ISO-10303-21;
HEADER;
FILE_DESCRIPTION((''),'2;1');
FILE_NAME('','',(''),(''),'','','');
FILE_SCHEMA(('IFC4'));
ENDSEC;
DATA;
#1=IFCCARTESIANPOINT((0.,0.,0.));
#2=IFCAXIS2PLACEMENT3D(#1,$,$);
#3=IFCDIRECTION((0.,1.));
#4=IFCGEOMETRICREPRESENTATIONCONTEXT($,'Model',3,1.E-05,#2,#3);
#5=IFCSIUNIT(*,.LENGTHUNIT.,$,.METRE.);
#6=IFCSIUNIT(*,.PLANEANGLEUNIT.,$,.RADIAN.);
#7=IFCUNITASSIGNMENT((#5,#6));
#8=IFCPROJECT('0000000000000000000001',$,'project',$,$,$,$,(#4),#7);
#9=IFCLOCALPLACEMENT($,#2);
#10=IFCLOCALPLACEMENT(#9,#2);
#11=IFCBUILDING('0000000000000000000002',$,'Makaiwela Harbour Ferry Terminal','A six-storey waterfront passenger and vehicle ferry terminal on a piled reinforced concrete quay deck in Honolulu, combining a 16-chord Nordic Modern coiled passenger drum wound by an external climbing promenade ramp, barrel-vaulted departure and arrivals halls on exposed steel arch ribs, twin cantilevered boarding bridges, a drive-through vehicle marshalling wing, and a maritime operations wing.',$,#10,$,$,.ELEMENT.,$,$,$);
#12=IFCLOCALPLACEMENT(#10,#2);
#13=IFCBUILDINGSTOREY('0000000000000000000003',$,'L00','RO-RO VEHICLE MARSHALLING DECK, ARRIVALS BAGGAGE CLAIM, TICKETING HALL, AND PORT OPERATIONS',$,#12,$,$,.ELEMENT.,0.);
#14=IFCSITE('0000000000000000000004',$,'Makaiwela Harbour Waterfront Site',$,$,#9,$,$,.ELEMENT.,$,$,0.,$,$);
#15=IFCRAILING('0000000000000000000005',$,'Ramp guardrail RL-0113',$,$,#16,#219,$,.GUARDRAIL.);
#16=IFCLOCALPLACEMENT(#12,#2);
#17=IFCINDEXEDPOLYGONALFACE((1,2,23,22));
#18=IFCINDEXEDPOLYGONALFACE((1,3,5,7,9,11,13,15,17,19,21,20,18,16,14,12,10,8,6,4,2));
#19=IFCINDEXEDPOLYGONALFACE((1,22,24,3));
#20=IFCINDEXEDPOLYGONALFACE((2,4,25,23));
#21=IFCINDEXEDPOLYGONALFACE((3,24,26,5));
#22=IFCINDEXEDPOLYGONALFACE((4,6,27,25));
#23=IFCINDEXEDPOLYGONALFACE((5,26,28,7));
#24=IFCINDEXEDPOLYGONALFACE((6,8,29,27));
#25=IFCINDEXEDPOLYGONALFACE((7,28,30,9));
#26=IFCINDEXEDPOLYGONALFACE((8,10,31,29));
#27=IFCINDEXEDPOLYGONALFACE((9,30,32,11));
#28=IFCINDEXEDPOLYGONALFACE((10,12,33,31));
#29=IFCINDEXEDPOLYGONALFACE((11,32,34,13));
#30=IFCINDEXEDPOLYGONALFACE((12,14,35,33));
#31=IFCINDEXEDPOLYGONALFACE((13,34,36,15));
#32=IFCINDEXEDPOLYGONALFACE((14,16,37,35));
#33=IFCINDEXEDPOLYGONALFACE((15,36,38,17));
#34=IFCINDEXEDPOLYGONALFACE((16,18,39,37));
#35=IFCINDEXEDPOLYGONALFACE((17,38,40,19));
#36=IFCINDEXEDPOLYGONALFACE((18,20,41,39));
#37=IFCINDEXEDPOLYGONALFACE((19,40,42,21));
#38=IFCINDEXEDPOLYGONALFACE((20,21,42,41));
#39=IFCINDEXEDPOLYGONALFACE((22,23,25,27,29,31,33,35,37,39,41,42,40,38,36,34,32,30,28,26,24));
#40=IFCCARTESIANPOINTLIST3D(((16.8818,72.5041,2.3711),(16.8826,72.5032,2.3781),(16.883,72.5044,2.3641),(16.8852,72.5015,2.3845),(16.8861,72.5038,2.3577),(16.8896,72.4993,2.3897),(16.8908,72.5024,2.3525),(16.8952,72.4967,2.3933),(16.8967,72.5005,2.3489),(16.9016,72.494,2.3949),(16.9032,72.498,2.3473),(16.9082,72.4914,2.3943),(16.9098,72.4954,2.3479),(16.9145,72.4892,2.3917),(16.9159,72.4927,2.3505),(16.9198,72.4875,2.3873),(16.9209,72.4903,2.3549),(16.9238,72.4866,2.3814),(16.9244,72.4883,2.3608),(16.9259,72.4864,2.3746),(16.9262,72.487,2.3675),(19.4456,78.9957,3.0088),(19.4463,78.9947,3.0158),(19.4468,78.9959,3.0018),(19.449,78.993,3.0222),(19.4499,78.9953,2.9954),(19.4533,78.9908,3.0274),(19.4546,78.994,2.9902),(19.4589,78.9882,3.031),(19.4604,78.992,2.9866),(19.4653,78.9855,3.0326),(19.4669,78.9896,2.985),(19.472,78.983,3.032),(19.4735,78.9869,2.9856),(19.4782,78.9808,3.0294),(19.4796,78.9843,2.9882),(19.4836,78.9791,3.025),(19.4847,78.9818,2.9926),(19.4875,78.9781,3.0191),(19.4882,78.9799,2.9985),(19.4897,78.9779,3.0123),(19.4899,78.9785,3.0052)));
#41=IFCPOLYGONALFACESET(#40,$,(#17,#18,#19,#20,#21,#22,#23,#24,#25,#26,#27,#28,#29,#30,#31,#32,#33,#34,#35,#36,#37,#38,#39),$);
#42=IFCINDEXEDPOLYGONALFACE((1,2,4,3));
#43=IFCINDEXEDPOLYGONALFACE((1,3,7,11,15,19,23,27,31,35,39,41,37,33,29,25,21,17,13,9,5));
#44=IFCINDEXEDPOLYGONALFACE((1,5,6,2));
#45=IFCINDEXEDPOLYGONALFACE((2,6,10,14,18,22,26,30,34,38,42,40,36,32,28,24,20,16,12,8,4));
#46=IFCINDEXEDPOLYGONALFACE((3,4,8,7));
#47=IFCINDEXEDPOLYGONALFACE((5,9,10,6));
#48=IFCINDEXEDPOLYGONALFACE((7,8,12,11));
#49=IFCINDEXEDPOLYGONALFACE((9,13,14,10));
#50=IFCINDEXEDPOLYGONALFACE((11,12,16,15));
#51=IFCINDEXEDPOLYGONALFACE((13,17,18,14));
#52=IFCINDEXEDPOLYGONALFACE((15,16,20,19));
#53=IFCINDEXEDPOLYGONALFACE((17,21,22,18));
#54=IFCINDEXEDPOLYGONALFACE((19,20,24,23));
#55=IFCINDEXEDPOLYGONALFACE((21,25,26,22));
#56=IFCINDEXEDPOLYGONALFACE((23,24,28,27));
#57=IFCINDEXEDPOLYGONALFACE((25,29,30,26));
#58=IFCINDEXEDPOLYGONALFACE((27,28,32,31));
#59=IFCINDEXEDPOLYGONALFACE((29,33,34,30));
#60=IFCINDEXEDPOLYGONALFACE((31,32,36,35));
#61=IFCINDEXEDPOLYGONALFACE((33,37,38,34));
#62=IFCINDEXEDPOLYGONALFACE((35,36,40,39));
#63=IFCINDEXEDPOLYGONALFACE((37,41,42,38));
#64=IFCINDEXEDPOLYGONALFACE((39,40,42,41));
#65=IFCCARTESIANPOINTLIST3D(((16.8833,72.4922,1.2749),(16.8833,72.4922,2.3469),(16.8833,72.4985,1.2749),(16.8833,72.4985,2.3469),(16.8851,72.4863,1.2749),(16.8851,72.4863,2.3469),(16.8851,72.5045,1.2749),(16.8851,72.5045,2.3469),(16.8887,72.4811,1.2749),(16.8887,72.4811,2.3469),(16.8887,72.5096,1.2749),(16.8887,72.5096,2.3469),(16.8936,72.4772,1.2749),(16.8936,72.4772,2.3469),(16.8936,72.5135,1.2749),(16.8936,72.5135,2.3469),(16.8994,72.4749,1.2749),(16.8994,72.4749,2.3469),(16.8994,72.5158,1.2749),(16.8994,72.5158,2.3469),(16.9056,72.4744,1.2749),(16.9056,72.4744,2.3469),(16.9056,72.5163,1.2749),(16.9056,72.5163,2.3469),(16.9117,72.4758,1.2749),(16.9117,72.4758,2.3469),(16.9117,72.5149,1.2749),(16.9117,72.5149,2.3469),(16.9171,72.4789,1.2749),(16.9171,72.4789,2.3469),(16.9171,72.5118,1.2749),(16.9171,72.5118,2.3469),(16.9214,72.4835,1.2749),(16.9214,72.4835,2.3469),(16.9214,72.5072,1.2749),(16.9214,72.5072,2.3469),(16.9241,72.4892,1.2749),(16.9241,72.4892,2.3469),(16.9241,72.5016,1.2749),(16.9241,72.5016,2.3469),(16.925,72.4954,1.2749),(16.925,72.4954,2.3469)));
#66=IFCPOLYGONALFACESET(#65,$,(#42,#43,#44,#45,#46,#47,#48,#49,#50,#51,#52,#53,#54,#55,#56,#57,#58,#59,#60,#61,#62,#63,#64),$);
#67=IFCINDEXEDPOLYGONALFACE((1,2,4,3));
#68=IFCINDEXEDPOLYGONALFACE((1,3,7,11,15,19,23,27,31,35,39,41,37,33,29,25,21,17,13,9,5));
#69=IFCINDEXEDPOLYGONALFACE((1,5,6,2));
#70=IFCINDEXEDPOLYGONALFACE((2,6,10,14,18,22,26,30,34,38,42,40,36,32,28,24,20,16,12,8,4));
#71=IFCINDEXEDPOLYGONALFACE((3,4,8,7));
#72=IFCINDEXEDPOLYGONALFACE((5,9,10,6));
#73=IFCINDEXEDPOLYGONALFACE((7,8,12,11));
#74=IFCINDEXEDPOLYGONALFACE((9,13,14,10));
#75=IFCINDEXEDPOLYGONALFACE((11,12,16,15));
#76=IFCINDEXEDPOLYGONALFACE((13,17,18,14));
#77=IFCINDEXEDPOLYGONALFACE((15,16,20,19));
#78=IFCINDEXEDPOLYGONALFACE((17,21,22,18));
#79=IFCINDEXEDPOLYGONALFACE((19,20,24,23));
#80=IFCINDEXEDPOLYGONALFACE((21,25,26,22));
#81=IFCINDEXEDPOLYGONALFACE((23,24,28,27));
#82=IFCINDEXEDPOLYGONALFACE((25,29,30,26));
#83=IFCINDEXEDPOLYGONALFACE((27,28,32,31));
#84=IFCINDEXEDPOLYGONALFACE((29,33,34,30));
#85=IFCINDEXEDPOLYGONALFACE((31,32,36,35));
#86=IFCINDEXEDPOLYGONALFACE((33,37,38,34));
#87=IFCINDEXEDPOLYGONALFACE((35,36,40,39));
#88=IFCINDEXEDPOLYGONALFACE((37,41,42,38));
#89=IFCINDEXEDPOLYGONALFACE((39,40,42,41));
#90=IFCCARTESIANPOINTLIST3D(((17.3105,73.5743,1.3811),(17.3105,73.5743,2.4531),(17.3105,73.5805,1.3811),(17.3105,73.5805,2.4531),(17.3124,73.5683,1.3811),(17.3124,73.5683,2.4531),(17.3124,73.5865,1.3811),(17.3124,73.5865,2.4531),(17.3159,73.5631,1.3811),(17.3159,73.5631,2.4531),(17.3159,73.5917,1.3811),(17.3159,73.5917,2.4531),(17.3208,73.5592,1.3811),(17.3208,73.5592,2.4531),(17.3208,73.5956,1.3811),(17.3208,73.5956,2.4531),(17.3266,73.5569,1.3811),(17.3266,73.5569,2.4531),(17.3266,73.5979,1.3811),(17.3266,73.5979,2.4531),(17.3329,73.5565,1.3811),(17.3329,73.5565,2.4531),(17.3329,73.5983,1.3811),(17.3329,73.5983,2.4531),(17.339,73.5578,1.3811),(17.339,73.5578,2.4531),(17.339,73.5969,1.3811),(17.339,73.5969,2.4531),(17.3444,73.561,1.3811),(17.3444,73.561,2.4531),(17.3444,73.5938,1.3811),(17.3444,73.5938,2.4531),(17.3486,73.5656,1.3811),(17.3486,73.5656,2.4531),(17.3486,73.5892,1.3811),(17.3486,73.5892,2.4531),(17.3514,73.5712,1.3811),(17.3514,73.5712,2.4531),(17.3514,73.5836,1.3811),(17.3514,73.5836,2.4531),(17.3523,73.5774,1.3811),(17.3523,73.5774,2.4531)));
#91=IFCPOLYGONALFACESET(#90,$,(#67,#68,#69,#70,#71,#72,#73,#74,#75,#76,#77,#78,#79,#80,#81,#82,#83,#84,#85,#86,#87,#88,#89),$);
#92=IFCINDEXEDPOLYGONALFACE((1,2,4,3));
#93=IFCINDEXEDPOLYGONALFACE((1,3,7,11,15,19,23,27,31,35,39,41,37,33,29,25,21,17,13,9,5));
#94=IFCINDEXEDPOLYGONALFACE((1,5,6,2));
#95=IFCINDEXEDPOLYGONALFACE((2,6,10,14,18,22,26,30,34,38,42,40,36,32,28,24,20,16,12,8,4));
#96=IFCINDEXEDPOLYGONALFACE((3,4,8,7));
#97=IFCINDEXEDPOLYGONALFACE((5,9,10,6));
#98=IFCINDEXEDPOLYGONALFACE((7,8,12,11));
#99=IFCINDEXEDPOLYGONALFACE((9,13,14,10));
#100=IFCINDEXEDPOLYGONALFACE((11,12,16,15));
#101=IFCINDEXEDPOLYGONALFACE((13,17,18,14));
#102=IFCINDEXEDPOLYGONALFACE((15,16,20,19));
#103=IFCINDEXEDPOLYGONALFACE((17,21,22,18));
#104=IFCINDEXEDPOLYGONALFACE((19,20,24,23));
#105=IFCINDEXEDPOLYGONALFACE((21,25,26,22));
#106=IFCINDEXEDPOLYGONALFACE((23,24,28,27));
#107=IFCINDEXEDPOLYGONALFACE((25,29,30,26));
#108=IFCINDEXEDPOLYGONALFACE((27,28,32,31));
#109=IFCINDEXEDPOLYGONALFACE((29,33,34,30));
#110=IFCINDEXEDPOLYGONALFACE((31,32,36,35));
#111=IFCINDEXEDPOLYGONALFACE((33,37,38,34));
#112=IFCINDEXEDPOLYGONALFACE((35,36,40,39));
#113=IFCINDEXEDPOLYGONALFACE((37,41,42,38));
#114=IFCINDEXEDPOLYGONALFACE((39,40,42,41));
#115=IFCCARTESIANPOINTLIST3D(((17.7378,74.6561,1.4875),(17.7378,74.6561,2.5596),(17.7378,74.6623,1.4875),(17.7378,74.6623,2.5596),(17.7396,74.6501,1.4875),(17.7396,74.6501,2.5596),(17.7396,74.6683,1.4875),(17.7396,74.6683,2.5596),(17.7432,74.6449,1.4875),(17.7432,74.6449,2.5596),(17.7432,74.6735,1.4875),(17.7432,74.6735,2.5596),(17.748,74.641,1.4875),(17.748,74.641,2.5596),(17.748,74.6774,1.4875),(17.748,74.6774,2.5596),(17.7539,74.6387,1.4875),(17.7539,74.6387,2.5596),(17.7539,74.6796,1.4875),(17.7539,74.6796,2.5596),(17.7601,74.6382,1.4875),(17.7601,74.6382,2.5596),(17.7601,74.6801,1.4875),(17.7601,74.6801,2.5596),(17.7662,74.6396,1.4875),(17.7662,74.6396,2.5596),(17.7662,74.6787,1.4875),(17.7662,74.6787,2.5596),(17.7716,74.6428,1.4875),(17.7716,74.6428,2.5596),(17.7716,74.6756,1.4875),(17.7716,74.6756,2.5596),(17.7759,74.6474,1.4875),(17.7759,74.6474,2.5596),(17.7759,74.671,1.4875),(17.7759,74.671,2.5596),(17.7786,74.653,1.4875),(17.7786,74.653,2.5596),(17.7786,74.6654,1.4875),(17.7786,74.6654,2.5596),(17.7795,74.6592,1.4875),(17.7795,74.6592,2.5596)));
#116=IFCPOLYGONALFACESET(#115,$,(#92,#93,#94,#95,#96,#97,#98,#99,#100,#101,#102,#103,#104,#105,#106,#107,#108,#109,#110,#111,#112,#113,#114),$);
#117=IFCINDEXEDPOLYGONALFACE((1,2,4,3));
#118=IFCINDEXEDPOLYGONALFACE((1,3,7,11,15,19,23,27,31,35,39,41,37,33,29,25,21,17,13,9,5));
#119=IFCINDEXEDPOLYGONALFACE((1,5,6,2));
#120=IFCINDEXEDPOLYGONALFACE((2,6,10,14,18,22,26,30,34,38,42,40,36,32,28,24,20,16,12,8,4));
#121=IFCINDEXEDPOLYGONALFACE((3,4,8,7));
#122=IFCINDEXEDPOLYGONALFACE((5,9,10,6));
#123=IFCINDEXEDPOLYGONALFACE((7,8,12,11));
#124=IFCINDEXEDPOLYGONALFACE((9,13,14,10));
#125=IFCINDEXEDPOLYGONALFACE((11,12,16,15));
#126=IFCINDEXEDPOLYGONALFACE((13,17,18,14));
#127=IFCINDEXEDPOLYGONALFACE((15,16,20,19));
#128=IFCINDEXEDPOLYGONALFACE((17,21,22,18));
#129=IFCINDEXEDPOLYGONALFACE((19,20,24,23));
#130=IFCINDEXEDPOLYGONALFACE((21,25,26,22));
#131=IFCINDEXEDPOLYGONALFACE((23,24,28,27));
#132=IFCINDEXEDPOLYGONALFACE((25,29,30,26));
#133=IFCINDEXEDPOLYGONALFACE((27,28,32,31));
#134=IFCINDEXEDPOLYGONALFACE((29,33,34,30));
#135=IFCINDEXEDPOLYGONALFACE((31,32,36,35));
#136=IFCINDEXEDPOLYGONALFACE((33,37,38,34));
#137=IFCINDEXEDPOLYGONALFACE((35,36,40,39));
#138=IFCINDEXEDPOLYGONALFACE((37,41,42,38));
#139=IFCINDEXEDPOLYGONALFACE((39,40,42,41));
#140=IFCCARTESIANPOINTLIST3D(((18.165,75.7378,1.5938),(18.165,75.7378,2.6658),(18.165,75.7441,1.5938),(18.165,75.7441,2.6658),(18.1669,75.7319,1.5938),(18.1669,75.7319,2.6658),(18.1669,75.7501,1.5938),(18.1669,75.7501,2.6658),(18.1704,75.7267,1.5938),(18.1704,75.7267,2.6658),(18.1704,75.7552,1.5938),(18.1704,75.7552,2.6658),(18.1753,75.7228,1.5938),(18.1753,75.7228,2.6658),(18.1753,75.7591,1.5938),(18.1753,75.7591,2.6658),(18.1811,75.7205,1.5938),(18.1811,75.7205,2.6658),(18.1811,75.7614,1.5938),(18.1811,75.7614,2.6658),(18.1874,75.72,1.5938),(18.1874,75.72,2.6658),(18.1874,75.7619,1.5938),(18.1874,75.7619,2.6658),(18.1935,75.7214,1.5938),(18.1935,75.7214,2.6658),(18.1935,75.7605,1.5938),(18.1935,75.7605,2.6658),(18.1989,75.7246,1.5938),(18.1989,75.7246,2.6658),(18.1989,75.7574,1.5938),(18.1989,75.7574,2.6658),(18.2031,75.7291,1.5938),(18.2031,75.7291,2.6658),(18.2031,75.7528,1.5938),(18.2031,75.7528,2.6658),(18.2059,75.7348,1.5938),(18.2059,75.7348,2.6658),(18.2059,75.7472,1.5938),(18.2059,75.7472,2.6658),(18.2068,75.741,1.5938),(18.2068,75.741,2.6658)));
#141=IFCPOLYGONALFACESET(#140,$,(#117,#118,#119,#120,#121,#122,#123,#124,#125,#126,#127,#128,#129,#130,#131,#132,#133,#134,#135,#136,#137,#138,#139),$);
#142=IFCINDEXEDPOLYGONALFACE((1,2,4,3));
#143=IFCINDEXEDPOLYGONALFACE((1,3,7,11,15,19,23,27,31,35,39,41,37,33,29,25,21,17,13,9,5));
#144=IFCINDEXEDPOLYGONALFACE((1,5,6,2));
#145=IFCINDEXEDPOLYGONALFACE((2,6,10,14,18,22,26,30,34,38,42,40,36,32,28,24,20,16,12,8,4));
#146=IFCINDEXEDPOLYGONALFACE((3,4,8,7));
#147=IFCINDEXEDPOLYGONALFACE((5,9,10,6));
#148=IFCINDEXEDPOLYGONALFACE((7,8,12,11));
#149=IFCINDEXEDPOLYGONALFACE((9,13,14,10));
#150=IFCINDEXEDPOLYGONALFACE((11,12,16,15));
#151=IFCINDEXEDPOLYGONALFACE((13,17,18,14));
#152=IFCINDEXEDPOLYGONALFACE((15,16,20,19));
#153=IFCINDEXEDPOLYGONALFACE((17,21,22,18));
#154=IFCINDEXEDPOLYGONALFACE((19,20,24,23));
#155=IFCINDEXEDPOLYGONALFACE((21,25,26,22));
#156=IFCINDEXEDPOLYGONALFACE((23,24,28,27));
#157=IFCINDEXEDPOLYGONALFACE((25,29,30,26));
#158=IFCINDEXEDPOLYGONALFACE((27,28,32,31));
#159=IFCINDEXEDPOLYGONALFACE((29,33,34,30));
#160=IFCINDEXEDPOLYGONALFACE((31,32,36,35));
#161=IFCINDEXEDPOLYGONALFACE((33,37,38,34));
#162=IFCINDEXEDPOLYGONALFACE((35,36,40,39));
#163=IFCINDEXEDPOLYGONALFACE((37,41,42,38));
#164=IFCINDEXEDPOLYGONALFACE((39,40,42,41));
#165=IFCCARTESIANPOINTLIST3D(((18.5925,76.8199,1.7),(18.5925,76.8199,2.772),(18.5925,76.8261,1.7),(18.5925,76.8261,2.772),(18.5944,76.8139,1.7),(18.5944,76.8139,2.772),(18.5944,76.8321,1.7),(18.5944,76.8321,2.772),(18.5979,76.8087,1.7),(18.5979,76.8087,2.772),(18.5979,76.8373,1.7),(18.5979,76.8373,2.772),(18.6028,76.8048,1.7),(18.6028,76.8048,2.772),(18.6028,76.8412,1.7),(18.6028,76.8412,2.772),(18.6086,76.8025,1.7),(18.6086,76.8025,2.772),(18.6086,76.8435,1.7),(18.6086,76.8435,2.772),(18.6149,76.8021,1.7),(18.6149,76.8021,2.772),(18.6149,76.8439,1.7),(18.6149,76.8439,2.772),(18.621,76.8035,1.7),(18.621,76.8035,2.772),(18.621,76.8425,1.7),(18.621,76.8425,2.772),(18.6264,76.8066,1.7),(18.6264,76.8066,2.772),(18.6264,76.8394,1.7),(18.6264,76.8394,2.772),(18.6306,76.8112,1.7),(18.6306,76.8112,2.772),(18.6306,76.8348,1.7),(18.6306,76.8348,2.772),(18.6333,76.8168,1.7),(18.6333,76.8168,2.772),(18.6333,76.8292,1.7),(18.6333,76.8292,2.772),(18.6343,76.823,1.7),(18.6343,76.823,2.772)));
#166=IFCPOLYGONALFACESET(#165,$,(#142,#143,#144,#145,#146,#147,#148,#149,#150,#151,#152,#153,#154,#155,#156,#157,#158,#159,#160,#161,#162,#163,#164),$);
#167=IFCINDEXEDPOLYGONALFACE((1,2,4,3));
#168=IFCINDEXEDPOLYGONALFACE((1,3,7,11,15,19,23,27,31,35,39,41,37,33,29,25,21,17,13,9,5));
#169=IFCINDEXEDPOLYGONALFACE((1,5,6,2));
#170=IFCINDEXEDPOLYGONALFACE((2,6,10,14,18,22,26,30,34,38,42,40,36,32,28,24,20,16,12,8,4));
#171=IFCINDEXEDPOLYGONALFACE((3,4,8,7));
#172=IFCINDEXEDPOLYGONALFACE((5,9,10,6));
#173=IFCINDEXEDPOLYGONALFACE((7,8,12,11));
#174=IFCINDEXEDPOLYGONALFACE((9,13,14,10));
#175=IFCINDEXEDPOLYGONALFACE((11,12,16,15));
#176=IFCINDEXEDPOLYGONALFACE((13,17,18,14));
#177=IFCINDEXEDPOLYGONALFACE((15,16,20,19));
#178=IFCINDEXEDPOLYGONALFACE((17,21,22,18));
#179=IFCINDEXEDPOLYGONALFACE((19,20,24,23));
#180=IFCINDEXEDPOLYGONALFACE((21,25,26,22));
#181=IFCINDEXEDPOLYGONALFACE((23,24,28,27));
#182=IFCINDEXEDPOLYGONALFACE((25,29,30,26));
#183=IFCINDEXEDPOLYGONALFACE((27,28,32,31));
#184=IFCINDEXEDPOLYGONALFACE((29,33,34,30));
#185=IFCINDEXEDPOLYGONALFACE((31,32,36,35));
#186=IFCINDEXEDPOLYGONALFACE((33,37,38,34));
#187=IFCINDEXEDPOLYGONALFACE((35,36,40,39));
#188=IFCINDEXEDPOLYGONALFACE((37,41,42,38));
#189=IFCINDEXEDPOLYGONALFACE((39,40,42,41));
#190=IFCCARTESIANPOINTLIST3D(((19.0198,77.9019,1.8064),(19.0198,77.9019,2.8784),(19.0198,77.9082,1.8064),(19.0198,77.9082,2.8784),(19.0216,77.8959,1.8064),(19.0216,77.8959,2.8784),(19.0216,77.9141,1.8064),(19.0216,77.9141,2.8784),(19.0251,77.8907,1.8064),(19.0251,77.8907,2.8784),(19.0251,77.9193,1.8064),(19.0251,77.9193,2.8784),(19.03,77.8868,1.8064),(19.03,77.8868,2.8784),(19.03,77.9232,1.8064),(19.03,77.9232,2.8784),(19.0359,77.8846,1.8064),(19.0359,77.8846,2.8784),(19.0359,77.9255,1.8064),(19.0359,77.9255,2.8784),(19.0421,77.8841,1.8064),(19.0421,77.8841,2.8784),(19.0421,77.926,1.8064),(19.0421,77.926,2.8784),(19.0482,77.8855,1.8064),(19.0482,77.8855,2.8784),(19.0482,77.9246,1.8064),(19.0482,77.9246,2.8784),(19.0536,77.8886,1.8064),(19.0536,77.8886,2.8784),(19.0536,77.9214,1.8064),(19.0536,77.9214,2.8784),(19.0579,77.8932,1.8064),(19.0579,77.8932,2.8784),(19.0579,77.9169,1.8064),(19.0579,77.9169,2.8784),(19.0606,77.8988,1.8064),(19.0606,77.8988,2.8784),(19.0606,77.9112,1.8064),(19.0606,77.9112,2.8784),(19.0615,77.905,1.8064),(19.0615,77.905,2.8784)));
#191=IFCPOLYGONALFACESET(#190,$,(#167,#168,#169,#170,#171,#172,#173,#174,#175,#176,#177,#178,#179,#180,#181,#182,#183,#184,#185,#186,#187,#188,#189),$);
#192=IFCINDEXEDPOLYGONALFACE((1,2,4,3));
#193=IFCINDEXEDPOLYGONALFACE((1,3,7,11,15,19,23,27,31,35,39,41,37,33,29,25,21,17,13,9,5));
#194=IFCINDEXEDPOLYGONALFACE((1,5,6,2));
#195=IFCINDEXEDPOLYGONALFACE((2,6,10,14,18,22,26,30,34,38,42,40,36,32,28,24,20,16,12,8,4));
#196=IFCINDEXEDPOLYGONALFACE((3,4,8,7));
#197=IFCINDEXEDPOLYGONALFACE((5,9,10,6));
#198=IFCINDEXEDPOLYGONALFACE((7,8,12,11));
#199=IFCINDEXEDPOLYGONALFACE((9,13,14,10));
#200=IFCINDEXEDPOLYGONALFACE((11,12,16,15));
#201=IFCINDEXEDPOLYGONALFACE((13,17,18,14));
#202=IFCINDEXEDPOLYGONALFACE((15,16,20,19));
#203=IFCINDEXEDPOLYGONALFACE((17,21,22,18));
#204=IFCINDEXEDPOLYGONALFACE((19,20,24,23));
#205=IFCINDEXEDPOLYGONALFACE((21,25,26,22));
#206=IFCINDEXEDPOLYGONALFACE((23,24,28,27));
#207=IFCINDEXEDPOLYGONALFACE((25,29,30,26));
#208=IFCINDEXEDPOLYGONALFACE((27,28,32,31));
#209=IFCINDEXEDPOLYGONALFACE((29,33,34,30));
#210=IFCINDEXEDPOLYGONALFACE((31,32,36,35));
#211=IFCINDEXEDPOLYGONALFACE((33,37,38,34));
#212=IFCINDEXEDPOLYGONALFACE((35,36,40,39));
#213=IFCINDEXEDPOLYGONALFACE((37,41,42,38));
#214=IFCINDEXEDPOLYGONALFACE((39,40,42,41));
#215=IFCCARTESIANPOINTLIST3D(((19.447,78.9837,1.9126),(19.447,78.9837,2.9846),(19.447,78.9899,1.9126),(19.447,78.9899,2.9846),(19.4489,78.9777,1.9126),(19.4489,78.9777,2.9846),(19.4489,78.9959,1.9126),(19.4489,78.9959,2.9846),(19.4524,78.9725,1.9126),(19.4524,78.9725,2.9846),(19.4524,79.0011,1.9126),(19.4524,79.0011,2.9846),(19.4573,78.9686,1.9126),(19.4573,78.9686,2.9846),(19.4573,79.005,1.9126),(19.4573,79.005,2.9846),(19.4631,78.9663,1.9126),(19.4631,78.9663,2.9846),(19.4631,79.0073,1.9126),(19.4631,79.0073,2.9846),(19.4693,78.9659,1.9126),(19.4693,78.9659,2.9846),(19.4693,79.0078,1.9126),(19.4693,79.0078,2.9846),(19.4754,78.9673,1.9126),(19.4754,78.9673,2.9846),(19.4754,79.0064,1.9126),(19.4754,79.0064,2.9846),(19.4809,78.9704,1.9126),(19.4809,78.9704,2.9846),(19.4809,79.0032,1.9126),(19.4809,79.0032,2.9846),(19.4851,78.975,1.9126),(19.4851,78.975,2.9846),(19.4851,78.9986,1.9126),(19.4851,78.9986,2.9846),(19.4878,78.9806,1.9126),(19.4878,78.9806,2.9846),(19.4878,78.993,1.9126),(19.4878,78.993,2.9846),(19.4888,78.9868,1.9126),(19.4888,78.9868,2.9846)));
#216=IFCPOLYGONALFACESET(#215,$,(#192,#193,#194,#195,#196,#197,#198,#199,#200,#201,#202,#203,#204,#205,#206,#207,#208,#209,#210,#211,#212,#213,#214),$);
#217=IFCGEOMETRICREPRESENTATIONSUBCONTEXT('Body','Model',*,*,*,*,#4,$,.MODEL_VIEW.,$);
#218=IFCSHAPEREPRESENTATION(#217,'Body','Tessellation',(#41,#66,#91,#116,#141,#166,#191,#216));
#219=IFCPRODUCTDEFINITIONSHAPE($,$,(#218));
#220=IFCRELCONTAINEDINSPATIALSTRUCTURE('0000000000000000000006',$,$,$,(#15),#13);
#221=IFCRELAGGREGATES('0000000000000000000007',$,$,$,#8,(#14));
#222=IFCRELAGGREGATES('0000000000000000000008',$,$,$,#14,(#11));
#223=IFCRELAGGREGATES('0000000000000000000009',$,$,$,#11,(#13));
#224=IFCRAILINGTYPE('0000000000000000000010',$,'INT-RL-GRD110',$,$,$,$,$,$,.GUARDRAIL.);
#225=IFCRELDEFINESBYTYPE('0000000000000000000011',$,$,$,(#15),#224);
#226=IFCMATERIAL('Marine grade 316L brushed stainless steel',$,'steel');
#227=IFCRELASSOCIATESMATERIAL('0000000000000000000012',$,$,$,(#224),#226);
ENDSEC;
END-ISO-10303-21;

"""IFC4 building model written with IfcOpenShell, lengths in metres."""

from ifc_helpers import new_model, si_unit, direction, frame, origin, origin_2d, place, context, subcontext, project, spatial, circle, extrude, material, type_object, element, save


model = new_model("IFC4")

# Units and contexts
model_context = context("Model", 3, precision=1e-05, world=origin(), true_north=direction((0.0, 1.0)))
body_context = subcontext(model_context, "Body", "Model", "MODEL_VIEW")
ifc_project = project(units=[si_unit("LENGTHUNIT", "METRE"), si_unit("PLANEANGLEUNIT", "RADIAN")], contexts=[model_context])

# Site, building, storey
site_placement = place(None, origin())
site = spatial("IfcSite", under=ifc_project, at=site_placement, Name="Makaiwela Harbour Waterfront Site", CompositionType="ELEMENT", RefElevation=0.0)
building_placement = place(site_placement, origin())
building = spatial("IfcBuilding", under=site, at=building_placement, Name="Makaiwela Harbour Ferry Terminal", Description="A six-storey waterfront passenger and vehicle ferry terminal on a piled reinforced concrete quay deck in Honolulu, combining a 16-chord Nordic Modern coiled passenger drum wound by an external climbing promenade ramp, barrel-vaulted departure and arrivals halls on exposed steel arch ribs, twin cantilevered boarding bridges, a drive-through vehicle marshalling wing, and a maritime operations wing.", CompositionType="ELEMENT")
storey_placement = place(building_placement, origin())
storey = spatial("IfcBuildingStorey", under=building, at=storey_placement, Name="L00", Description="RO-RO VEHICLE MARSHALLING DECK, ARRIVALS BAGGAGE CLAIM, TICKETING HALL, AND PORT OPERATIONS", CompositionType="ELEMENT", Elevation=0.0)

# Railing
ifc_material_1 = material(Name="Marine grade 316L brushed stainless steel", Category="steel")
railing_type_1 = type_object("IfcRailingType", Name="INT-RL-GRD110", PredefinedType="GUARDRAIL", material=ifc_material_1)
railing_1_placement = place(storey_placement, frame((16.9041, 72.4954, 1.2749)))
element("IfcRailing", 1, at=railing_1_placement, inside=storey, type_object=railing_type_1, Name="Ramp guardrail RL-0113", PredefinedType="GUARDRAIL", context=body_context, shape_type="SweptSolid", body=[
    extrude(circle(Radius=0.0239, at=origin_2d()), frame((0.0, 0.0, 1.0962), z_axis=(0.365804, 0.926233, 0.09099), x_axis=(-0.930091, 0.367328, 0.0)), (0.0, 0.0, 1.0), 7.0085),
    extrude(circle(Radius=0.021, at=origin_2d()), origin(), (0.0, 0.0, 1.0), 1.072),
    extrude(circle(Radius=0.021, at=origin_2d()), frame((0.4272, 1.082, 0.1062)), (0.0, 0.0, 1.0), 1.072),
    extrude(circle(Radius=0.021, at=origin_2d()), frame((0.8545, 2.1638, 0.2126)), (0.0, 0.0, 1.0), 1.072),
    extrude(circle(Radius=0.021, at=origin_2d()), frame((1.2817, 3.2456, 0.3188)), (0.0, 0.0, 1.0), 1.072),
    extrude(circle(Radius=0.021, at=origin_2d()), frame((1.7092, 4.3276, 0.425)), (0.0, 0.0, 1.0), 1.072),
    extrude(circle(Radius=0.021, at=origin_2d()), frame((2.1365, 5.4097, 0.5315)), (0.0, 0.0, 1.0), 1.072),
    extrude(circle(Radius=0.021, at=origin_2d()), frame((2.5637, 6.4915, 0.6377)), (0.0, 0.0, 1.0), 1.072),
])

save(model, "model.ifc")
